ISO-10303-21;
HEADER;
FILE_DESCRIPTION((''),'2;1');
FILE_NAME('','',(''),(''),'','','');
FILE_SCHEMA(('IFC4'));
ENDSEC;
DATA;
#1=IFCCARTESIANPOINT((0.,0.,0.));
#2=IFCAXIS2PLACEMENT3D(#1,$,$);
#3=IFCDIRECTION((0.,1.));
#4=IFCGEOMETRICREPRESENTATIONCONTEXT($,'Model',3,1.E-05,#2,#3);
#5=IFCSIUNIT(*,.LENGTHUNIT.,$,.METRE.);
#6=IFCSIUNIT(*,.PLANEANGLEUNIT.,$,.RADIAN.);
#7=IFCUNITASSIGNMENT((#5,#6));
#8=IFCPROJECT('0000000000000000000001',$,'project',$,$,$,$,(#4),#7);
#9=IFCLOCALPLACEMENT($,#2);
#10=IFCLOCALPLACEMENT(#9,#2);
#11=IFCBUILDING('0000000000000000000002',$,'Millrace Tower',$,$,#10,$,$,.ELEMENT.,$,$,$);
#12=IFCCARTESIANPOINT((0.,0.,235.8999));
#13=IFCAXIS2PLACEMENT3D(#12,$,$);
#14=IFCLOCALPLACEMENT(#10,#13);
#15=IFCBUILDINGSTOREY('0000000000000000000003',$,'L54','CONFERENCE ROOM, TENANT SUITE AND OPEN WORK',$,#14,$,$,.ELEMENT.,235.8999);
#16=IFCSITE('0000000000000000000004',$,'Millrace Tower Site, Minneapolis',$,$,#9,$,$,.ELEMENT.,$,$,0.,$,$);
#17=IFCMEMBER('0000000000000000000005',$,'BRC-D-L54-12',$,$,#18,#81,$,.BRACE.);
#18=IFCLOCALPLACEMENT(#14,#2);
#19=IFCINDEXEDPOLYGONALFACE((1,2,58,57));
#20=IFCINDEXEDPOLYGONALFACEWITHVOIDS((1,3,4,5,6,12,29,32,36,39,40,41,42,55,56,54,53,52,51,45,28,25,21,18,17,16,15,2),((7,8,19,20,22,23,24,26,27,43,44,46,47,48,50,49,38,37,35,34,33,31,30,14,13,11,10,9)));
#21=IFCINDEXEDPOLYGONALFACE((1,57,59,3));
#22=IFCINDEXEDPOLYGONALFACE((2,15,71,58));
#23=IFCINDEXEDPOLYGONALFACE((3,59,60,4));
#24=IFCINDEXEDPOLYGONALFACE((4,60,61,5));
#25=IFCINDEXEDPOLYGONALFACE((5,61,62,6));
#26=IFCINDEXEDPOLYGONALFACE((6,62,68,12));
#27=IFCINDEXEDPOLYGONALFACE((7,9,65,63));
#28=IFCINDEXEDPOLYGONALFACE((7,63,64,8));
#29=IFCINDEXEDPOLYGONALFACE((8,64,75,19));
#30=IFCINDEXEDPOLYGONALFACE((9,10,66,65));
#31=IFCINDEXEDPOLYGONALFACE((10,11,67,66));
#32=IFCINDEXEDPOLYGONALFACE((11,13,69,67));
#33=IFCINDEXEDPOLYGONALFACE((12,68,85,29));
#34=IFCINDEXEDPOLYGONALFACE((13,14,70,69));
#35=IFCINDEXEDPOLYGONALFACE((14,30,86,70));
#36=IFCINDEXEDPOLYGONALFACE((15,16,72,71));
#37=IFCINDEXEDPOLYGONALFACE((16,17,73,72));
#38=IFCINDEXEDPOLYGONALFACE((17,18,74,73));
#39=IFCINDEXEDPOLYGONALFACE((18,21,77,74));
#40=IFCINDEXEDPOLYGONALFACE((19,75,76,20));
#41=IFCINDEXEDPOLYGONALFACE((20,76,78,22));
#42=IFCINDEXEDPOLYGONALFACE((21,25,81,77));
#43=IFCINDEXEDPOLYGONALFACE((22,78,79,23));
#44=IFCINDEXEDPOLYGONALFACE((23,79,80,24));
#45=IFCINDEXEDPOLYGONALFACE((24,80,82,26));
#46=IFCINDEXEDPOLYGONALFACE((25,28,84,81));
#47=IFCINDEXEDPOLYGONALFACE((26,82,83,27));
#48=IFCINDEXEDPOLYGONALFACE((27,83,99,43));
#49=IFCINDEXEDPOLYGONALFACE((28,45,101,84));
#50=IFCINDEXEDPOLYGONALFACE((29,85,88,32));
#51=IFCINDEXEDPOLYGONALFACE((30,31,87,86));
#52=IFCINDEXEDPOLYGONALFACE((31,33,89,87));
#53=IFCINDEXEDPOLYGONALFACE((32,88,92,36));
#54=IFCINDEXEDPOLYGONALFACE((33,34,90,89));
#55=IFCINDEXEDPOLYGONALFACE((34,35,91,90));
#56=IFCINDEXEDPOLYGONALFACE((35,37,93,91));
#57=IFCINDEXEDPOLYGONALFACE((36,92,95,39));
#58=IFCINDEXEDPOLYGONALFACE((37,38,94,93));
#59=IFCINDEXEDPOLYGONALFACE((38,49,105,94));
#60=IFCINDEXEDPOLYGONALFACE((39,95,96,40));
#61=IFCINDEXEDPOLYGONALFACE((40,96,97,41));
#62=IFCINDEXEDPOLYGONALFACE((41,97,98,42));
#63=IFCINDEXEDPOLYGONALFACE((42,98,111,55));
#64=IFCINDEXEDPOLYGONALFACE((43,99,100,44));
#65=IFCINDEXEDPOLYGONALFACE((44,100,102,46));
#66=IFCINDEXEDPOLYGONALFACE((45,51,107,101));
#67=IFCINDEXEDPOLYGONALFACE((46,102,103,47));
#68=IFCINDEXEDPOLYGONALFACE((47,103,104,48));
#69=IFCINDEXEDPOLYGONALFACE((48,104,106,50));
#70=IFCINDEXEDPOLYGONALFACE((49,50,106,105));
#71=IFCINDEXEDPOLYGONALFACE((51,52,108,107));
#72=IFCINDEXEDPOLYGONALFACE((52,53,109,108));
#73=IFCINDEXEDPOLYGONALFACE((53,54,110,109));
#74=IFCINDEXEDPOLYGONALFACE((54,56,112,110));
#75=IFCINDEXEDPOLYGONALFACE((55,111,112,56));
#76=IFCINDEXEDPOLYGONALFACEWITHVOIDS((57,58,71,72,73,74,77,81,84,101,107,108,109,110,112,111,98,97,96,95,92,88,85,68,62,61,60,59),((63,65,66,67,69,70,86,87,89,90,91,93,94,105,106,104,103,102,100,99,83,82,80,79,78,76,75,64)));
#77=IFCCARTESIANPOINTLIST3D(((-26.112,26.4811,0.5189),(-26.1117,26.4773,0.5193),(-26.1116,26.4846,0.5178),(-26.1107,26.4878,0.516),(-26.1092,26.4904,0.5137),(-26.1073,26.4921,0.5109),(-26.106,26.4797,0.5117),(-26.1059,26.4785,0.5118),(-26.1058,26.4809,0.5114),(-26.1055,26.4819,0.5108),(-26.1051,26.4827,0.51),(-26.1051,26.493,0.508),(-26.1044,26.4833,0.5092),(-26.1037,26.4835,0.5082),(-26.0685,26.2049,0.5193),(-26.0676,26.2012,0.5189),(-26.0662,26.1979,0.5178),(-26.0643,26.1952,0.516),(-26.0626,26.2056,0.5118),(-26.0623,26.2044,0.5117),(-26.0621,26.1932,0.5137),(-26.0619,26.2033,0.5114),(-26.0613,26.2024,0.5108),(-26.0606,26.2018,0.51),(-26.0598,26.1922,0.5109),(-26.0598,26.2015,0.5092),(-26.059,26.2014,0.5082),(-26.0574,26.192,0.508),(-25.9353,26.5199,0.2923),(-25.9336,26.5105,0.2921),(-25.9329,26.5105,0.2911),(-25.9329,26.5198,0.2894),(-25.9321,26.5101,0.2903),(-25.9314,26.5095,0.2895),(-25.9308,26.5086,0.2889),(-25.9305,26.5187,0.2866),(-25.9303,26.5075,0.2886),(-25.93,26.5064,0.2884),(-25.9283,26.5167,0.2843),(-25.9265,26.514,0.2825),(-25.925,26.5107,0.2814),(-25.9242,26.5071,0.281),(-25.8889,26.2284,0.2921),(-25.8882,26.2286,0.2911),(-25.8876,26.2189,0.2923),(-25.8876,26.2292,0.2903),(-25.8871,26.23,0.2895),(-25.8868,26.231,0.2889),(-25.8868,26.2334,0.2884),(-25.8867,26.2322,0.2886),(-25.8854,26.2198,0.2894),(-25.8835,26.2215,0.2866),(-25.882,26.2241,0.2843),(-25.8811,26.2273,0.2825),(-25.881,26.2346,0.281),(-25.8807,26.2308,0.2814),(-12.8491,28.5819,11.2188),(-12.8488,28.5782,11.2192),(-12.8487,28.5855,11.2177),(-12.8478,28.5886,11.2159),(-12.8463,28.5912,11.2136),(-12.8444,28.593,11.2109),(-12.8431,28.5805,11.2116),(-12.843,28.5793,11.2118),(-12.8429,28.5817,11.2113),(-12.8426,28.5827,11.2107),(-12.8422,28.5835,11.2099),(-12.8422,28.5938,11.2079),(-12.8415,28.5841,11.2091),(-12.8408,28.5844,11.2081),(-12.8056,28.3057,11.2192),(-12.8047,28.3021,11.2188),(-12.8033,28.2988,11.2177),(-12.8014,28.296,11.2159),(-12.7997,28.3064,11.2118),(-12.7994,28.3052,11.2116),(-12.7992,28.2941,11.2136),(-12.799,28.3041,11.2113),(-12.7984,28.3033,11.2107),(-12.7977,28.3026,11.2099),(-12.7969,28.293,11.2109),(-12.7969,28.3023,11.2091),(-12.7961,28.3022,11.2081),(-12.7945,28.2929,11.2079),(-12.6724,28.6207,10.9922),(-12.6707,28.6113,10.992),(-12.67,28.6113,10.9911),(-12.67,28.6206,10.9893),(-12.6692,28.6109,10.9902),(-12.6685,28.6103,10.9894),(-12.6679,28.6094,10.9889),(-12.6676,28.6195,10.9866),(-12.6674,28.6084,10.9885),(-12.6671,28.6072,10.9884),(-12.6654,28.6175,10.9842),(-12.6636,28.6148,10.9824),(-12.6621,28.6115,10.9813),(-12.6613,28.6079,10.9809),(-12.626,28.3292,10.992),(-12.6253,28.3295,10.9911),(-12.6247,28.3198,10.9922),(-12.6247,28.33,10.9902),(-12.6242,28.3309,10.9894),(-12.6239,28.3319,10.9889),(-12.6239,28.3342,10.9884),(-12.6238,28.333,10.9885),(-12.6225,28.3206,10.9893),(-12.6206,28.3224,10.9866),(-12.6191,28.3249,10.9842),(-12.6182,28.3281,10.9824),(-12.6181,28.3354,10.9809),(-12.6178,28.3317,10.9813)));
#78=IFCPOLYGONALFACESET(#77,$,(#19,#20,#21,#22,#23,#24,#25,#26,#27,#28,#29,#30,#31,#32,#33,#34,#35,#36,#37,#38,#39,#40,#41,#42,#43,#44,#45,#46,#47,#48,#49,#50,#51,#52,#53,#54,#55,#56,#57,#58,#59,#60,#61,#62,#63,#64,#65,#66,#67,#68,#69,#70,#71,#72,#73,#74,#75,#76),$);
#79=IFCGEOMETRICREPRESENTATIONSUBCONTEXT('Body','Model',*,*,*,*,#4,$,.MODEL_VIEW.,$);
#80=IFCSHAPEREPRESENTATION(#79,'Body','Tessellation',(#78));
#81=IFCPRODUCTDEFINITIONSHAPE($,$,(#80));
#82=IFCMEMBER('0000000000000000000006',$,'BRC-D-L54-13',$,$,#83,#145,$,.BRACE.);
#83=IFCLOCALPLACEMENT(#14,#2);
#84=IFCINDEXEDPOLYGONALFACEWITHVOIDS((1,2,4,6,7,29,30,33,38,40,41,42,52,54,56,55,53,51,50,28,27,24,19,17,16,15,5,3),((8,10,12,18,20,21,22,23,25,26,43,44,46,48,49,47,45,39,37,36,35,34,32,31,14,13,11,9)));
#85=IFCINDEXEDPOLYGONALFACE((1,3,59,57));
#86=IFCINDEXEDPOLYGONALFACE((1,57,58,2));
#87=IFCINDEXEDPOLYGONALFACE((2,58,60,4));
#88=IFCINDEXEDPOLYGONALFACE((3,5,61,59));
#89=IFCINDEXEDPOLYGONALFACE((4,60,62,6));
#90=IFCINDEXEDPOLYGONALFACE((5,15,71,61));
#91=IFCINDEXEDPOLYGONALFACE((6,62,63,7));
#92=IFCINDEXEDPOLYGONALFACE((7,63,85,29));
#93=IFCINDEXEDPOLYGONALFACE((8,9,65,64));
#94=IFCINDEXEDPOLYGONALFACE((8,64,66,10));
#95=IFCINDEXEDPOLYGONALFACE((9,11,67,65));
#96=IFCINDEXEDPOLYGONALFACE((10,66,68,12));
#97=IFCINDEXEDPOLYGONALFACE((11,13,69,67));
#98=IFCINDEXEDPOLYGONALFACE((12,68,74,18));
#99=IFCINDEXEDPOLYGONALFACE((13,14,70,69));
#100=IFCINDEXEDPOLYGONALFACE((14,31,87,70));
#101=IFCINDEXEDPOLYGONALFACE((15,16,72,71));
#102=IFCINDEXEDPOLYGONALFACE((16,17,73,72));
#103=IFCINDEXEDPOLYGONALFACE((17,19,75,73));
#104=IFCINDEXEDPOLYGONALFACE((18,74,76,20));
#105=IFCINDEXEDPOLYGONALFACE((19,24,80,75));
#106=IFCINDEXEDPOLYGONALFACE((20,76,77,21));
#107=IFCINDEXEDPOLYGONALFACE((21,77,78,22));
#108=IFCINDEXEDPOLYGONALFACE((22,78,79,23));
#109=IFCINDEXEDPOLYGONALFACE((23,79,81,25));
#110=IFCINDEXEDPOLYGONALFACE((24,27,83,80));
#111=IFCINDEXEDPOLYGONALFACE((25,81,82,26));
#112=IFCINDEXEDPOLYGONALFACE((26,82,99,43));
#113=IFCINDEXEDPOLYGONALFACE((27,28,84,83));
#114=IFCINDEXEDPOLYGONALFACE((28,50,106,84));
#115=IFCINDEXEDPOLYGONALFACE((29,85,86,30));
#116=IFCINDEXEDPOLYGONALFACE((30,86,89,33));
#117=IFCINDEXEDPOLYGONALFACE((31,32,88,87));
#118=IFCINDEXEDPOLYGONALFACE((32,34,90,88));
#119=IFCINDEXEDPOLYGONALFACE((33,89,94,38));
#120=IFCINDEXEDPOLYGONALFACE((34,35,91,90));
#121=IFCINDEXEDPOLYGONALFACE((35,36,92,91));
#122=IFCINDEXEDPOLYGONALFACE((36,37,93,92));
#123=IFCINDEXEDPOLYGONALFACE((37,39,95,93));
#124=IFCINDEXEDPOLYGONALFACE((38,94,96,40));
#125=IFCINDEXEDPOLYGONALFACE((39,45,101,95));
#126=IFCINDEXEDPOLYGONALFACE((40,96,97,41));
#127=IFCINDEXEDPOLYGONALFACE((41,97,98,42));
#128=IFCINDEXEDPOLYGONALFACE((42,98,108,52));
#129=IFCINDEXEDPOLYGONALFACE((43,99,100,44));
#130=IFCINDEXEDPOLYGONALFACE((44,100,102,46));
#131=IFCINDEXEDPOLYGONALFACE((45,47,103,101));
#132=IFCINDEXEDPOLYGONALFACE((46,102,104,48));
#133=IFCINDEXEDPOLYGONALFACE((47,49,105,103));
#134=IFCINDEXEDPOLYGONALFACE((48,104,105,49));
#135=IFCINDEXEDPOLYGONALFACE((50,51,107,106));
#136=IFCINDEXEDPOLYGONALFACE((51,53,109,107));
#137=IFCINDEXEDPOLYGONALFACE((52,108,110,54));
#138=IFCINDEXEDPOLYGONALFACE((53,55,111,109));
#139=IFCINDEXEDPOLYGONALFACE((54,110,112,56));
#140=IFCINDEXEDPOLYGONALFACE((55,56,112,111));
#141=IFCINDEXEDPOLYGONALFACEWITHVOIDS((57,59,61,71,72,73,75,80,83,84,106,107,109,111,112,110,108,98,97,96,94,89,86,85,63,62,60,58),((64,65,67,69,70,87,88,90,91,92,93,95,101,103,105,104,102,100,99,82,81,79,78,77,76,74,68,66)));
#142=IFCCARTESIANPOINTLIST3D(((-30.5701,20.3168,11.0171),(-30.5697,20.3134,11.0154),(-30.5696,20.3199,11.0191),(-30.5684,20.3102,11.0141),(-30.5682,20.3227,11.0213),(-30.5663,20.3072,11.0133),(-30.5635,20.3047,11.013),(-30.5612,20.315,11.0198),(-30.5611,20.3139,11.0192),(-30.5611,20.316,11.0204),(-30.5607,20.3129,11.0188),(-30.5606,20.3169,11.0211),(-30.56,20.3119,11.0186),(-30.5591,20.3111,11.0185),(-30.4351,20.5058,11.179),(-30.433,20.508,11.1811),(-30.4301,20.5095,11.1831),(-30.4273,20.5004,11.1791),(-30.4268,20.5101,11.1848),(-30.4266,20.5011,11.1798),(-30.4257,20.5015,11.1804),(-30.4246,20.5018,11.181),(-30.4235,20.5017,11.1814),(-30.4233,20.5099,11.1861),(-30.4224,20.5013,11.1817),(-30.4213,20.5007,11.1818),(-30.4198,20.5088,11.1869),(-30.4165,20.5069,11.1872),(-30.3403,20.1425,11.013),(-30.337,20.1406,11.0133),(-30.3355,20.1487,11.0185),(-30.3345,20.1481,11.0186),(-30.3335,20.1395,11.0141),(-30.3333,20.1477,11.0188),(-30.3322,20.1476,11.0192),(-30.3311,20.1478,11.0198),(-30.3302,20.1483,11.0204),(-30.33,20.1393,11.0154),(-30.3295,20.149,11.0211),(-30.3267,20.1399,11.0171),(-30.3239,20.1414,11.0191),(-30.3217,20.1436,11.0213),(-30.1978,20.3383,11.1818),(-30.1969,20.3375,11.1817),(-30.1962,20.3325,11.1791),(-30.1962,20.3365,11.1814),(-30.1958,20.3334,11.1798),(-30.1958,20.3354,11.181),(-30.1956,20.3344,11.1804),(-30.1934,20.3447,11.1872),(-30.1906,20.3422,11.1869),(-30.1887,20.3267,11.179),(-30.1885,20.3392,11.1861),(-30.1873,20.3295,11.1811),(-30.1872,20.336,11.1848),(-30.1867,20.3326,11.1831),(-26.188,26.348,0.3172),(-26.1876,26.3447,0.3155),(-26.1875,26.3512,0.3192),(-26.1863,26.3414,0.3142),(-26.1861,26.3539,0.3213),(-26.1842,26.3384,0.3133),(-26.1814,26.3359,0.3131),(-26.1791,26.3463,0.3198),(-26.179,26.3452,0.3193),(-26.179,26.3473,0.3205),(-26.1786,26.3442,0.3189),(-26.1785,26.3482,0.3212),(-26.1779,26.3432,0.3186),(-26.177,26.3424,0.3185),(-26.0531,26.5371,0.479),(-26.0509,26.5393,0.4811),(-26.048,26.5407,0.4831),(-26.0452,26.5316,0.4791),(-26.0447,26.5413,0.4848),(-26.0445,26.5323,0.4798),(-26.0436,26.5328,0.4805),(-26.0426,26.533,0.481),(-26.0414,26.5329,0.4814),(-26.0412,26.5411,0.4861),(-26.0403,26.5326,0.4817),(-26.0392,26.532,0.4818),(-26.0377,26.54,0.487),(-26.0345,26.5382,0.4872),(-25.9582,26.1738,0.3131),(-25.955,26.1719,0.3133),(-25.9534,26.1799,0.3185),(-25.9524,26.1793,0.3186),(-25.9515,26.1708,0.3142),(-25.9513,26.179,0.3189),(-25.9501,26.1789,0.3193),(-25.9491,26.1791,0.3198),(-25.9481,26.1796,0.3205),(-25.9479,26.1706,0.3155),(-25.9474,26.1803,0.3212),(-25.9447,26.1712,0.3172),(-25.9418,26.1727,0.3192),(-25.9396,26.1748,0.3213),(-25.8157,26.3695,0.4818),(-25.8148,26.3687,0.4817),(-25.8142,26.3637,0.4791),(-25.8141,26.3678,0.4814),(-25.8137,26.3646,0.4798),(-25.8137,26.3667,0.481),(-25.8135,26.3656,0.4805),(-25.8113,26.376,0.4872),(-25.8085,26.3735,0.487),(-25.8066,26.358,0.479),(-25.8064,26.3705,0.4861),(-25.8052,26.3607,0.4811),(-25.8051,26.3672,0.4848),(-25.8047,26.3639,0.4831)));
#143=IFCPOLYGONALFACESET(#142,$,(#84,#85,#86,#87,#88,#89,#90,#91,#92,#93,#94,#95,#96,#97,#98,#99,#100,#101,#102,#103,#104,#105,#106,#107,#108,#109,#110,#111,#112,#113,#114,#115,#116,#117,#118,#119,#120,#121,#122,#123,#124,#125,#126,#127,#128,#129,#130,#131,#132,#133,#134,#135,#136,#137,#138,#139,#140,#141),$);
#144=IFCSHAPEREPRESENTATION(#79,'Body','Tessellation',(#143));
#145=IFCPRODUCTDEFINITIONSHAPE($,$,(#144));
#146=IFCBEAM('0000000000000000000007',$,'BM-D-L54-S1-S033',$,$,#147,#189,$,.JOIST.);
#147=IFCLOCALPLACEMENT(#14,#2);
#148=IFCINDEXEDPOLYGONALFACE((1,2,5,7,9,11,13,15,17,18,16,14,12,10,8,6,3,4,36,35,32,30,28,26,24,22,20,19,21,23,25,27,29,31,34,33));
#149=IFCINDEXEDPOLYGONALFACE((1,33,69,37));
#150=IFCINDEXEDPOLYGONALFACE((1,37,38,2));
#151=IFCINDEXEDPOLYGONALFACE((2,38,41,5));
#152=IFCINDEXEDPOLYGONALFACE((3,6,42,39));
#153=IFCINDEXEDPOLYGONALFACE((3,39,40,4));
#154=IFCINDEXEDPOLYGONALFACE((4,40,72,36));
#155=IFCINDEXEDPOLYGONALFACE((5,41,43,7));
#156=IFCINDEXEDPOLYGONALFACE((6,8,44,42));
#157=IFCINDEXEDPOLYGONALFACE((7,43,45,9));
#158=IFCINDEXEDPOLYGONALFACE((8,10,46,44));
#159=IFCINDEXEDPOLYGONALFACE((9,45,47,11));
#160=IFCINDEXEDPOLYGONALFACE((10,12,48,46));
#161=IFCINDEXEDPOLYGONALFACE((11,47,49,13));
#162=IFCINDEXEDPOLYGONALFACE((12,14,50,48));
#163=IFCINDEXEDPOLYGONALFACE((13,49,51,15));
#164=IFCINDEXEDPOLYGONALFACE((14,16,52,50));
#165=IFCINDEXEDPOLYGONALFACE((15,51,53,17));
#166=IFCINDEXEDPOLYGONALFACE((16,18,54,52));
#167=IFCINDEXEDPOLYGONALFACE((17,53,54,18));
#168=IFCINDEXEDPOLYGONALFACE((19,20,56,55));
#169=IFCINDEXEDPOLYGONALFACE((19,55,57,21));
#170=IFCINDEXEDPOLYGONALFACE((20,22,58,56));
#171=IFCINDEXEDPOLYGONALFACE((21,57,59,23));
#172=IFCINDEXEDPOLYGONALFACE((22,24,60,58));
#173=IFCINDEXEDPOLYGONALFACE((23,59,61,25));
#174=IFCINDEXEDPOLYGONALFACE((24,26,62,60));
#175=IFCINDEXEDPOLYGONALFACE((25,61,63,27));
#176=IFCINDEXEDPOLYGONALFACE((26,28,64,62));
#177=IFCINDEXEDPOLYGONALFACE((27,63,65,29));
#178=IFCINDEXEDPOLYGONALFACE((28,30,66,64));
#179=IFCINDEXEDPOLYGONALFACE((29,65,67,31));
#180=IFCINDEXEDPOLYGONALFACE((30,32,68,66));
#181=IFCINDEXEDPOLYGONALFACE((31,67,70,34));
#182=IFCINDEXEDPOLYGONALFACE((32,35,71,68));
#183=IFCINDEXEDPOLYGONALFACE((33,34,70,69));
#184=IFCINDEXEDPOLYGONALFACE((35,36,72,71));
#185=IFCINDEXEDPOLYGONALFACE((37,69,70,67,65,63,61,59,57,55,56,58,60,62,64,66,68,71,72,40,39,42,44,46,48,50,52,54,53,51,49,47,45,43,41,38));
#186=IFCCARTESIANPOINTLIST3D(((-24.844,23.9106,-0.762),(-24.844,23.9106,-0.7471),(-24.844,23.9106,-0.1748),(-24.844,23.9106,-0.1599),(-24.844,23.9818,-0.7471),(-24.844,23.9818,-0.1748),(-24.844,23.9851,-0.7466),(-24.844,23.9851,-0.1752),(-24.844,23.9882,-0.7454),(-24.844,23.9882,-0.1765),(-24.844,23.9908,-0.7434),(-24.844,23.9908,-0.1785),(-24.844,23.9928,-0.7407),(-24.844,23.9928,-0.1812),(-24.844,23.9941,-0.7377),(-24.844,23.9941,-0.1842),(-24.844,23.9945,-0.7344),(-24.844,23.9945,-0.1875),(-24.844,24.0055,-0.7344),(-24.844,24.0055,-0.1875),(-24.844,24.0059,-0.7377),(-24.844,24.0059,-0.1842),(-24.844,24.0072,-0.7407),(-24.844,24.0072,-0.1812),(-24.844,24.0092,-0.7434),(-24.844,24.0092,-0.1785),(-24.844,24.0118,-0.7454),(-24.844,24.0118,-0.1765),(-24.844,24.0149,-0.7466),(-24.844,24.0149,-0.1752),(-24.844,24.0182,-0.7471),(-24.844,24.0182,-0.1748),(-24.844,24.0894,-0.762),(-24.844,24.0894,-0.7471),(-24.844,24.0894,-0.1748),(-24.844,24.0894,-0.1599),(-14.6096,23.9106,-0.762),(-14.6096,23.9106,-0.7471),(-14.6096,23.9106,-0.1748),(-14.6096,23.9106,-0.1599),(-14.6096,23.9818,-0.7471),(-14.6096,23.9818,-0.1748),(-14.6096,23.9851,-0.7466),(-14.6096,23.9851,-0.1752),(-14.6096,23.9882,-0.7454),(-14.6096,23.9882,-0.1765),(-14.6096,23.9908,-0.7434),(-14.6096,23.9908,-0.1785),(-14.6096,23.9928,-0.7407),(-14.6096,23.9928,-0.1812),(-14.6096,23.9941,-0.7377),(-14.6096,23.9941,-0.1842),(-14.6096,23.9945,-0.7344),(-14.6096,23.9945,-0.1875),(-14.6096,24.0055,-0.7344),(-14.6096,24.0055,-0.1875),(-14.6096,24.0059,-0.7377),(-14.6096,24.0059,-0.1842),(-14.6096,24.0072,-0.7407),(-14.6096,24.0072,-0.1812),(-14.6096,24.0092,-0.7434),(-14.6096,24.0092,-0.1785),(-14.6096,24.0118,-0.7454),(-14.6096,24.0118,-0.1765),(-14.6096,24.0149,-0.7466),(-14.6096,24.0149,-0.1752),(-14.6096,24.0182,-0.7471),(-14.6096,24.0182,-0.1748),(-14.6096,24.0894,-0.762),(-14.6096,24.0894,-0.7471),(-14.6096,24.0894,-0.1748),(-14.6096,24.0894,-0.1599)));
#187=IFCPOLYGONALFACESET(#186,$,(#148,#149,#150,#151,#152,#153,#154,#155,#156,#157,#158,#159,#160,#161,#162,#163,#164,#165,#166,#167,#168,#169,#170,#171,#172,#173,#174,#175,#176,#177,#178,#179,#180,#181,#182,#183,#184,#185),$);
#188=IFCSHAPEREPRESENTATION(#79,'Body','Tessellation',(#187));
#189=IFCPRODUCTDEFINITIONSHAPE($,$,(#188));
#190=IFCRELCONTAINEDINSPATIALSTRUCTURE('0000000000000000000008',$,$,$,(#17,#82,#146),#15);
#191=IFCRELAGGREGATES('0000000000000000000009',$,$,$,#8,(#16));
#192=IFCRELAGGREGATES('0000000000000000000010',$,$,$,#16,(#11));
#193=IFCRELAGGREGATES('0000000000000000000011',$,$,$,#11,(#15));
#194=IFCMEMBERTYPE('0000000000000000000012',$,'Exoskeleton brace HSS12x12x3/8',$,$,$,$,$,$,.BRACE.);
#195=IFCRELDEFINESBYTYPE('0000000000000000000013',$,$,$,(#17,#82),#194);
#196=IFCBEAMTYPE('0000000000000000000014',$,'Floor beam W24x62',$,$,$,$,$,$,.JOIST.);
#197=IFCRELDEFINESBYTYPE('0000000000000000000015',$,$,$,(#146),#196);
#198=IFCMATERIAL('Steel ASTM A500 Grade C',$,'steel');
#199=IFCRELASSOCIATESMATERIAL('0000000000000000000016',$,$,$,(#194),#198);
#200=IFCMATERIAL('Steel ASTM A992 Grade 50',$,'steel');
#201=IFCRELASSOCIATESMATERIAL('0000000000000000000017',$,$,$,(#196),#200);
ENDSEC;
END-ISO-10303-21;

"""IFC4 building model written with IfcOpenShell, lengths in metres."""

from ifc_helpers import new_model, si_unit, direction, frame, origin, origin_2d, place, context, subcontext, project, spatial, hollow_rectangle, i_section, extrude, material, material_profile, profile_set, type_object, element, save


model = new_model("IFC4")

# Units and contexts
model_context = context("Model", 3, precision=1e-05, world=origin(), true_north=direction((0.0, 1.0)))
body_context = subcontext(model_context, "Body", "Model", "MODEL_VIEW")
ifc_project = project(units=[si_unit("LENGTHUNIT", "METRE"), si_unit("PLANEANGLEUNIT", "RADIAN")], contexts=[model_context])

# Site, building, storey
site_placement = place(None, origin())
site = spatial("IfcSite", under=ifc_project, at=site_placement, Name="Millrace Tower Site, Minneapolis", CompositionType="ELEMENT", RefElevation=0.0)
building_placement = place(site_placement, origin())
building = spatial("IfcBuilding", under=site, at=building_placement, Name="Millrace Tower", CompositionType="ELEMENT")
storey_placement = place(building_placement, frame((0.0, 0.0, 235.8999)))
storey = spatial("IfcBuildingStorey", under=building, at=storey_placement, Name="L54", Description="CONFERENCE ROOM, TENANT SUITE AND OPEN WORK", CompositionType="ELEMENT", Elevation=235.8999)

# Members
ifc_material_1 = material(Name="Steel ASTM A500 Grade C", Category="steel")
ifc_material_profile_1 = material_profile(ifc_material_1, hollow_rectangle(XDim=0.3047, YDim=0.3047, WallThickness=0.0095, InnerFilletRadius=0.0046, OuterFilletRadius=0.0144, at=origin_2d()))
ifc_profile_set_1 = profile_set([ifc_material_profile_1], Name="Steel ASTM A500 Grade C")
member_type_1 = type_object("IfcMemberType", Name="Exoskeleton brace HSS12x12x3/8", PredefinedType="BRACE", material=ifc_profile_set_1)
member_1_placement = place(storey_placement, frame((-25.9963, 26.356, 0.4001), z_axis=(0.77245, 0.122355, 0.623178), x_axis=(-0.156448, 0.987686, 0.0)))
element("IfcMember", 1, at=member_1_placement, inside=storey, type_object=member_type_1, Name="BRC-D-L54-12", PredefinedType="BRACE", context=body_context, shape_type="SweptSolid", body=[
    extrude(hollow_rectangle(XDim=0.3047, YDim=0.3047, WallThickness=0.0095, InnerFilletRadius=0.0046, OuterFilletRadius=0.0144, at=origin_2d()), origin(), (0.0, 0.0, 1.0), 17.1699),
])
member_2_placement = place(storey_placement, frame((-25.9963, 26.356, 0.4001), z_axis=(-0.336023, -0.462484, 0.820486), x_axis=(0.809009, -0.587796, 0.0)))
element("IfcMember", 2, at=member_2_placement, inside=storey, type_object=member_type_1, Name="BRC-D-L54-13", PredefinedType="BRACE", context=body_context, shape_type="SweptSolid", body=[
    extrude(hollow_rectangle(XDim=0.3047, YDim=0.3047, WallThickness=0.0095, InnerFilletRadius=0.0046, OuterFilletRadius=0.0144, at=origin_2d()), origin(), (0.0, 0.0, 1.0), 13.041),
])

# Beam
ifc_material_2 = material(Name="Steel ASTM A992 Grade 50", Category="steel")
ifc_material_profile_2 = material_profile(ifc_material_2, i_section(OverallWidth=0.1787, OverallDepth=0.6021, WebThickness=0.011, FlangeThickness=0.0149, FilletRadius=0.0127, at=origin_2d()))
ifc_profile_set_2 = profile_set([ifc_material_profile_2], Name="Steel ASTM A992 Grade 50")
beam_type_1 = type_object("IfcBeamType", Name="Floor beam W24x62", PredefinedType="JOIST", material=ifc_profile_set_2)
beam_1_placement = place(storey_placement, frame((-24.844, 24.0, -0.4609), z_axis=(1.0, 0.0, 0.0), x_axis=(0.0, 1.0, 0.0)))
element("IfcBeam", 3, at=beam_1_placement, inside=storey, type_object=beam_type_1, Name="BM-D-L54-S1-S033", PredefinedType="JOIST", context=body_context, shape_type="SweptSolid", body=[
    extrude(i_section(OverallWidth=0.1787, OverallDepth=0.6021, WebThickness=0.011, FlangeThickness=0.0149, FilletRadius=0.0127, at=origin_2d()), origin(), (0.0, 0.0, 1.0), 10.2344),
])

save(model, "model.ifc")
